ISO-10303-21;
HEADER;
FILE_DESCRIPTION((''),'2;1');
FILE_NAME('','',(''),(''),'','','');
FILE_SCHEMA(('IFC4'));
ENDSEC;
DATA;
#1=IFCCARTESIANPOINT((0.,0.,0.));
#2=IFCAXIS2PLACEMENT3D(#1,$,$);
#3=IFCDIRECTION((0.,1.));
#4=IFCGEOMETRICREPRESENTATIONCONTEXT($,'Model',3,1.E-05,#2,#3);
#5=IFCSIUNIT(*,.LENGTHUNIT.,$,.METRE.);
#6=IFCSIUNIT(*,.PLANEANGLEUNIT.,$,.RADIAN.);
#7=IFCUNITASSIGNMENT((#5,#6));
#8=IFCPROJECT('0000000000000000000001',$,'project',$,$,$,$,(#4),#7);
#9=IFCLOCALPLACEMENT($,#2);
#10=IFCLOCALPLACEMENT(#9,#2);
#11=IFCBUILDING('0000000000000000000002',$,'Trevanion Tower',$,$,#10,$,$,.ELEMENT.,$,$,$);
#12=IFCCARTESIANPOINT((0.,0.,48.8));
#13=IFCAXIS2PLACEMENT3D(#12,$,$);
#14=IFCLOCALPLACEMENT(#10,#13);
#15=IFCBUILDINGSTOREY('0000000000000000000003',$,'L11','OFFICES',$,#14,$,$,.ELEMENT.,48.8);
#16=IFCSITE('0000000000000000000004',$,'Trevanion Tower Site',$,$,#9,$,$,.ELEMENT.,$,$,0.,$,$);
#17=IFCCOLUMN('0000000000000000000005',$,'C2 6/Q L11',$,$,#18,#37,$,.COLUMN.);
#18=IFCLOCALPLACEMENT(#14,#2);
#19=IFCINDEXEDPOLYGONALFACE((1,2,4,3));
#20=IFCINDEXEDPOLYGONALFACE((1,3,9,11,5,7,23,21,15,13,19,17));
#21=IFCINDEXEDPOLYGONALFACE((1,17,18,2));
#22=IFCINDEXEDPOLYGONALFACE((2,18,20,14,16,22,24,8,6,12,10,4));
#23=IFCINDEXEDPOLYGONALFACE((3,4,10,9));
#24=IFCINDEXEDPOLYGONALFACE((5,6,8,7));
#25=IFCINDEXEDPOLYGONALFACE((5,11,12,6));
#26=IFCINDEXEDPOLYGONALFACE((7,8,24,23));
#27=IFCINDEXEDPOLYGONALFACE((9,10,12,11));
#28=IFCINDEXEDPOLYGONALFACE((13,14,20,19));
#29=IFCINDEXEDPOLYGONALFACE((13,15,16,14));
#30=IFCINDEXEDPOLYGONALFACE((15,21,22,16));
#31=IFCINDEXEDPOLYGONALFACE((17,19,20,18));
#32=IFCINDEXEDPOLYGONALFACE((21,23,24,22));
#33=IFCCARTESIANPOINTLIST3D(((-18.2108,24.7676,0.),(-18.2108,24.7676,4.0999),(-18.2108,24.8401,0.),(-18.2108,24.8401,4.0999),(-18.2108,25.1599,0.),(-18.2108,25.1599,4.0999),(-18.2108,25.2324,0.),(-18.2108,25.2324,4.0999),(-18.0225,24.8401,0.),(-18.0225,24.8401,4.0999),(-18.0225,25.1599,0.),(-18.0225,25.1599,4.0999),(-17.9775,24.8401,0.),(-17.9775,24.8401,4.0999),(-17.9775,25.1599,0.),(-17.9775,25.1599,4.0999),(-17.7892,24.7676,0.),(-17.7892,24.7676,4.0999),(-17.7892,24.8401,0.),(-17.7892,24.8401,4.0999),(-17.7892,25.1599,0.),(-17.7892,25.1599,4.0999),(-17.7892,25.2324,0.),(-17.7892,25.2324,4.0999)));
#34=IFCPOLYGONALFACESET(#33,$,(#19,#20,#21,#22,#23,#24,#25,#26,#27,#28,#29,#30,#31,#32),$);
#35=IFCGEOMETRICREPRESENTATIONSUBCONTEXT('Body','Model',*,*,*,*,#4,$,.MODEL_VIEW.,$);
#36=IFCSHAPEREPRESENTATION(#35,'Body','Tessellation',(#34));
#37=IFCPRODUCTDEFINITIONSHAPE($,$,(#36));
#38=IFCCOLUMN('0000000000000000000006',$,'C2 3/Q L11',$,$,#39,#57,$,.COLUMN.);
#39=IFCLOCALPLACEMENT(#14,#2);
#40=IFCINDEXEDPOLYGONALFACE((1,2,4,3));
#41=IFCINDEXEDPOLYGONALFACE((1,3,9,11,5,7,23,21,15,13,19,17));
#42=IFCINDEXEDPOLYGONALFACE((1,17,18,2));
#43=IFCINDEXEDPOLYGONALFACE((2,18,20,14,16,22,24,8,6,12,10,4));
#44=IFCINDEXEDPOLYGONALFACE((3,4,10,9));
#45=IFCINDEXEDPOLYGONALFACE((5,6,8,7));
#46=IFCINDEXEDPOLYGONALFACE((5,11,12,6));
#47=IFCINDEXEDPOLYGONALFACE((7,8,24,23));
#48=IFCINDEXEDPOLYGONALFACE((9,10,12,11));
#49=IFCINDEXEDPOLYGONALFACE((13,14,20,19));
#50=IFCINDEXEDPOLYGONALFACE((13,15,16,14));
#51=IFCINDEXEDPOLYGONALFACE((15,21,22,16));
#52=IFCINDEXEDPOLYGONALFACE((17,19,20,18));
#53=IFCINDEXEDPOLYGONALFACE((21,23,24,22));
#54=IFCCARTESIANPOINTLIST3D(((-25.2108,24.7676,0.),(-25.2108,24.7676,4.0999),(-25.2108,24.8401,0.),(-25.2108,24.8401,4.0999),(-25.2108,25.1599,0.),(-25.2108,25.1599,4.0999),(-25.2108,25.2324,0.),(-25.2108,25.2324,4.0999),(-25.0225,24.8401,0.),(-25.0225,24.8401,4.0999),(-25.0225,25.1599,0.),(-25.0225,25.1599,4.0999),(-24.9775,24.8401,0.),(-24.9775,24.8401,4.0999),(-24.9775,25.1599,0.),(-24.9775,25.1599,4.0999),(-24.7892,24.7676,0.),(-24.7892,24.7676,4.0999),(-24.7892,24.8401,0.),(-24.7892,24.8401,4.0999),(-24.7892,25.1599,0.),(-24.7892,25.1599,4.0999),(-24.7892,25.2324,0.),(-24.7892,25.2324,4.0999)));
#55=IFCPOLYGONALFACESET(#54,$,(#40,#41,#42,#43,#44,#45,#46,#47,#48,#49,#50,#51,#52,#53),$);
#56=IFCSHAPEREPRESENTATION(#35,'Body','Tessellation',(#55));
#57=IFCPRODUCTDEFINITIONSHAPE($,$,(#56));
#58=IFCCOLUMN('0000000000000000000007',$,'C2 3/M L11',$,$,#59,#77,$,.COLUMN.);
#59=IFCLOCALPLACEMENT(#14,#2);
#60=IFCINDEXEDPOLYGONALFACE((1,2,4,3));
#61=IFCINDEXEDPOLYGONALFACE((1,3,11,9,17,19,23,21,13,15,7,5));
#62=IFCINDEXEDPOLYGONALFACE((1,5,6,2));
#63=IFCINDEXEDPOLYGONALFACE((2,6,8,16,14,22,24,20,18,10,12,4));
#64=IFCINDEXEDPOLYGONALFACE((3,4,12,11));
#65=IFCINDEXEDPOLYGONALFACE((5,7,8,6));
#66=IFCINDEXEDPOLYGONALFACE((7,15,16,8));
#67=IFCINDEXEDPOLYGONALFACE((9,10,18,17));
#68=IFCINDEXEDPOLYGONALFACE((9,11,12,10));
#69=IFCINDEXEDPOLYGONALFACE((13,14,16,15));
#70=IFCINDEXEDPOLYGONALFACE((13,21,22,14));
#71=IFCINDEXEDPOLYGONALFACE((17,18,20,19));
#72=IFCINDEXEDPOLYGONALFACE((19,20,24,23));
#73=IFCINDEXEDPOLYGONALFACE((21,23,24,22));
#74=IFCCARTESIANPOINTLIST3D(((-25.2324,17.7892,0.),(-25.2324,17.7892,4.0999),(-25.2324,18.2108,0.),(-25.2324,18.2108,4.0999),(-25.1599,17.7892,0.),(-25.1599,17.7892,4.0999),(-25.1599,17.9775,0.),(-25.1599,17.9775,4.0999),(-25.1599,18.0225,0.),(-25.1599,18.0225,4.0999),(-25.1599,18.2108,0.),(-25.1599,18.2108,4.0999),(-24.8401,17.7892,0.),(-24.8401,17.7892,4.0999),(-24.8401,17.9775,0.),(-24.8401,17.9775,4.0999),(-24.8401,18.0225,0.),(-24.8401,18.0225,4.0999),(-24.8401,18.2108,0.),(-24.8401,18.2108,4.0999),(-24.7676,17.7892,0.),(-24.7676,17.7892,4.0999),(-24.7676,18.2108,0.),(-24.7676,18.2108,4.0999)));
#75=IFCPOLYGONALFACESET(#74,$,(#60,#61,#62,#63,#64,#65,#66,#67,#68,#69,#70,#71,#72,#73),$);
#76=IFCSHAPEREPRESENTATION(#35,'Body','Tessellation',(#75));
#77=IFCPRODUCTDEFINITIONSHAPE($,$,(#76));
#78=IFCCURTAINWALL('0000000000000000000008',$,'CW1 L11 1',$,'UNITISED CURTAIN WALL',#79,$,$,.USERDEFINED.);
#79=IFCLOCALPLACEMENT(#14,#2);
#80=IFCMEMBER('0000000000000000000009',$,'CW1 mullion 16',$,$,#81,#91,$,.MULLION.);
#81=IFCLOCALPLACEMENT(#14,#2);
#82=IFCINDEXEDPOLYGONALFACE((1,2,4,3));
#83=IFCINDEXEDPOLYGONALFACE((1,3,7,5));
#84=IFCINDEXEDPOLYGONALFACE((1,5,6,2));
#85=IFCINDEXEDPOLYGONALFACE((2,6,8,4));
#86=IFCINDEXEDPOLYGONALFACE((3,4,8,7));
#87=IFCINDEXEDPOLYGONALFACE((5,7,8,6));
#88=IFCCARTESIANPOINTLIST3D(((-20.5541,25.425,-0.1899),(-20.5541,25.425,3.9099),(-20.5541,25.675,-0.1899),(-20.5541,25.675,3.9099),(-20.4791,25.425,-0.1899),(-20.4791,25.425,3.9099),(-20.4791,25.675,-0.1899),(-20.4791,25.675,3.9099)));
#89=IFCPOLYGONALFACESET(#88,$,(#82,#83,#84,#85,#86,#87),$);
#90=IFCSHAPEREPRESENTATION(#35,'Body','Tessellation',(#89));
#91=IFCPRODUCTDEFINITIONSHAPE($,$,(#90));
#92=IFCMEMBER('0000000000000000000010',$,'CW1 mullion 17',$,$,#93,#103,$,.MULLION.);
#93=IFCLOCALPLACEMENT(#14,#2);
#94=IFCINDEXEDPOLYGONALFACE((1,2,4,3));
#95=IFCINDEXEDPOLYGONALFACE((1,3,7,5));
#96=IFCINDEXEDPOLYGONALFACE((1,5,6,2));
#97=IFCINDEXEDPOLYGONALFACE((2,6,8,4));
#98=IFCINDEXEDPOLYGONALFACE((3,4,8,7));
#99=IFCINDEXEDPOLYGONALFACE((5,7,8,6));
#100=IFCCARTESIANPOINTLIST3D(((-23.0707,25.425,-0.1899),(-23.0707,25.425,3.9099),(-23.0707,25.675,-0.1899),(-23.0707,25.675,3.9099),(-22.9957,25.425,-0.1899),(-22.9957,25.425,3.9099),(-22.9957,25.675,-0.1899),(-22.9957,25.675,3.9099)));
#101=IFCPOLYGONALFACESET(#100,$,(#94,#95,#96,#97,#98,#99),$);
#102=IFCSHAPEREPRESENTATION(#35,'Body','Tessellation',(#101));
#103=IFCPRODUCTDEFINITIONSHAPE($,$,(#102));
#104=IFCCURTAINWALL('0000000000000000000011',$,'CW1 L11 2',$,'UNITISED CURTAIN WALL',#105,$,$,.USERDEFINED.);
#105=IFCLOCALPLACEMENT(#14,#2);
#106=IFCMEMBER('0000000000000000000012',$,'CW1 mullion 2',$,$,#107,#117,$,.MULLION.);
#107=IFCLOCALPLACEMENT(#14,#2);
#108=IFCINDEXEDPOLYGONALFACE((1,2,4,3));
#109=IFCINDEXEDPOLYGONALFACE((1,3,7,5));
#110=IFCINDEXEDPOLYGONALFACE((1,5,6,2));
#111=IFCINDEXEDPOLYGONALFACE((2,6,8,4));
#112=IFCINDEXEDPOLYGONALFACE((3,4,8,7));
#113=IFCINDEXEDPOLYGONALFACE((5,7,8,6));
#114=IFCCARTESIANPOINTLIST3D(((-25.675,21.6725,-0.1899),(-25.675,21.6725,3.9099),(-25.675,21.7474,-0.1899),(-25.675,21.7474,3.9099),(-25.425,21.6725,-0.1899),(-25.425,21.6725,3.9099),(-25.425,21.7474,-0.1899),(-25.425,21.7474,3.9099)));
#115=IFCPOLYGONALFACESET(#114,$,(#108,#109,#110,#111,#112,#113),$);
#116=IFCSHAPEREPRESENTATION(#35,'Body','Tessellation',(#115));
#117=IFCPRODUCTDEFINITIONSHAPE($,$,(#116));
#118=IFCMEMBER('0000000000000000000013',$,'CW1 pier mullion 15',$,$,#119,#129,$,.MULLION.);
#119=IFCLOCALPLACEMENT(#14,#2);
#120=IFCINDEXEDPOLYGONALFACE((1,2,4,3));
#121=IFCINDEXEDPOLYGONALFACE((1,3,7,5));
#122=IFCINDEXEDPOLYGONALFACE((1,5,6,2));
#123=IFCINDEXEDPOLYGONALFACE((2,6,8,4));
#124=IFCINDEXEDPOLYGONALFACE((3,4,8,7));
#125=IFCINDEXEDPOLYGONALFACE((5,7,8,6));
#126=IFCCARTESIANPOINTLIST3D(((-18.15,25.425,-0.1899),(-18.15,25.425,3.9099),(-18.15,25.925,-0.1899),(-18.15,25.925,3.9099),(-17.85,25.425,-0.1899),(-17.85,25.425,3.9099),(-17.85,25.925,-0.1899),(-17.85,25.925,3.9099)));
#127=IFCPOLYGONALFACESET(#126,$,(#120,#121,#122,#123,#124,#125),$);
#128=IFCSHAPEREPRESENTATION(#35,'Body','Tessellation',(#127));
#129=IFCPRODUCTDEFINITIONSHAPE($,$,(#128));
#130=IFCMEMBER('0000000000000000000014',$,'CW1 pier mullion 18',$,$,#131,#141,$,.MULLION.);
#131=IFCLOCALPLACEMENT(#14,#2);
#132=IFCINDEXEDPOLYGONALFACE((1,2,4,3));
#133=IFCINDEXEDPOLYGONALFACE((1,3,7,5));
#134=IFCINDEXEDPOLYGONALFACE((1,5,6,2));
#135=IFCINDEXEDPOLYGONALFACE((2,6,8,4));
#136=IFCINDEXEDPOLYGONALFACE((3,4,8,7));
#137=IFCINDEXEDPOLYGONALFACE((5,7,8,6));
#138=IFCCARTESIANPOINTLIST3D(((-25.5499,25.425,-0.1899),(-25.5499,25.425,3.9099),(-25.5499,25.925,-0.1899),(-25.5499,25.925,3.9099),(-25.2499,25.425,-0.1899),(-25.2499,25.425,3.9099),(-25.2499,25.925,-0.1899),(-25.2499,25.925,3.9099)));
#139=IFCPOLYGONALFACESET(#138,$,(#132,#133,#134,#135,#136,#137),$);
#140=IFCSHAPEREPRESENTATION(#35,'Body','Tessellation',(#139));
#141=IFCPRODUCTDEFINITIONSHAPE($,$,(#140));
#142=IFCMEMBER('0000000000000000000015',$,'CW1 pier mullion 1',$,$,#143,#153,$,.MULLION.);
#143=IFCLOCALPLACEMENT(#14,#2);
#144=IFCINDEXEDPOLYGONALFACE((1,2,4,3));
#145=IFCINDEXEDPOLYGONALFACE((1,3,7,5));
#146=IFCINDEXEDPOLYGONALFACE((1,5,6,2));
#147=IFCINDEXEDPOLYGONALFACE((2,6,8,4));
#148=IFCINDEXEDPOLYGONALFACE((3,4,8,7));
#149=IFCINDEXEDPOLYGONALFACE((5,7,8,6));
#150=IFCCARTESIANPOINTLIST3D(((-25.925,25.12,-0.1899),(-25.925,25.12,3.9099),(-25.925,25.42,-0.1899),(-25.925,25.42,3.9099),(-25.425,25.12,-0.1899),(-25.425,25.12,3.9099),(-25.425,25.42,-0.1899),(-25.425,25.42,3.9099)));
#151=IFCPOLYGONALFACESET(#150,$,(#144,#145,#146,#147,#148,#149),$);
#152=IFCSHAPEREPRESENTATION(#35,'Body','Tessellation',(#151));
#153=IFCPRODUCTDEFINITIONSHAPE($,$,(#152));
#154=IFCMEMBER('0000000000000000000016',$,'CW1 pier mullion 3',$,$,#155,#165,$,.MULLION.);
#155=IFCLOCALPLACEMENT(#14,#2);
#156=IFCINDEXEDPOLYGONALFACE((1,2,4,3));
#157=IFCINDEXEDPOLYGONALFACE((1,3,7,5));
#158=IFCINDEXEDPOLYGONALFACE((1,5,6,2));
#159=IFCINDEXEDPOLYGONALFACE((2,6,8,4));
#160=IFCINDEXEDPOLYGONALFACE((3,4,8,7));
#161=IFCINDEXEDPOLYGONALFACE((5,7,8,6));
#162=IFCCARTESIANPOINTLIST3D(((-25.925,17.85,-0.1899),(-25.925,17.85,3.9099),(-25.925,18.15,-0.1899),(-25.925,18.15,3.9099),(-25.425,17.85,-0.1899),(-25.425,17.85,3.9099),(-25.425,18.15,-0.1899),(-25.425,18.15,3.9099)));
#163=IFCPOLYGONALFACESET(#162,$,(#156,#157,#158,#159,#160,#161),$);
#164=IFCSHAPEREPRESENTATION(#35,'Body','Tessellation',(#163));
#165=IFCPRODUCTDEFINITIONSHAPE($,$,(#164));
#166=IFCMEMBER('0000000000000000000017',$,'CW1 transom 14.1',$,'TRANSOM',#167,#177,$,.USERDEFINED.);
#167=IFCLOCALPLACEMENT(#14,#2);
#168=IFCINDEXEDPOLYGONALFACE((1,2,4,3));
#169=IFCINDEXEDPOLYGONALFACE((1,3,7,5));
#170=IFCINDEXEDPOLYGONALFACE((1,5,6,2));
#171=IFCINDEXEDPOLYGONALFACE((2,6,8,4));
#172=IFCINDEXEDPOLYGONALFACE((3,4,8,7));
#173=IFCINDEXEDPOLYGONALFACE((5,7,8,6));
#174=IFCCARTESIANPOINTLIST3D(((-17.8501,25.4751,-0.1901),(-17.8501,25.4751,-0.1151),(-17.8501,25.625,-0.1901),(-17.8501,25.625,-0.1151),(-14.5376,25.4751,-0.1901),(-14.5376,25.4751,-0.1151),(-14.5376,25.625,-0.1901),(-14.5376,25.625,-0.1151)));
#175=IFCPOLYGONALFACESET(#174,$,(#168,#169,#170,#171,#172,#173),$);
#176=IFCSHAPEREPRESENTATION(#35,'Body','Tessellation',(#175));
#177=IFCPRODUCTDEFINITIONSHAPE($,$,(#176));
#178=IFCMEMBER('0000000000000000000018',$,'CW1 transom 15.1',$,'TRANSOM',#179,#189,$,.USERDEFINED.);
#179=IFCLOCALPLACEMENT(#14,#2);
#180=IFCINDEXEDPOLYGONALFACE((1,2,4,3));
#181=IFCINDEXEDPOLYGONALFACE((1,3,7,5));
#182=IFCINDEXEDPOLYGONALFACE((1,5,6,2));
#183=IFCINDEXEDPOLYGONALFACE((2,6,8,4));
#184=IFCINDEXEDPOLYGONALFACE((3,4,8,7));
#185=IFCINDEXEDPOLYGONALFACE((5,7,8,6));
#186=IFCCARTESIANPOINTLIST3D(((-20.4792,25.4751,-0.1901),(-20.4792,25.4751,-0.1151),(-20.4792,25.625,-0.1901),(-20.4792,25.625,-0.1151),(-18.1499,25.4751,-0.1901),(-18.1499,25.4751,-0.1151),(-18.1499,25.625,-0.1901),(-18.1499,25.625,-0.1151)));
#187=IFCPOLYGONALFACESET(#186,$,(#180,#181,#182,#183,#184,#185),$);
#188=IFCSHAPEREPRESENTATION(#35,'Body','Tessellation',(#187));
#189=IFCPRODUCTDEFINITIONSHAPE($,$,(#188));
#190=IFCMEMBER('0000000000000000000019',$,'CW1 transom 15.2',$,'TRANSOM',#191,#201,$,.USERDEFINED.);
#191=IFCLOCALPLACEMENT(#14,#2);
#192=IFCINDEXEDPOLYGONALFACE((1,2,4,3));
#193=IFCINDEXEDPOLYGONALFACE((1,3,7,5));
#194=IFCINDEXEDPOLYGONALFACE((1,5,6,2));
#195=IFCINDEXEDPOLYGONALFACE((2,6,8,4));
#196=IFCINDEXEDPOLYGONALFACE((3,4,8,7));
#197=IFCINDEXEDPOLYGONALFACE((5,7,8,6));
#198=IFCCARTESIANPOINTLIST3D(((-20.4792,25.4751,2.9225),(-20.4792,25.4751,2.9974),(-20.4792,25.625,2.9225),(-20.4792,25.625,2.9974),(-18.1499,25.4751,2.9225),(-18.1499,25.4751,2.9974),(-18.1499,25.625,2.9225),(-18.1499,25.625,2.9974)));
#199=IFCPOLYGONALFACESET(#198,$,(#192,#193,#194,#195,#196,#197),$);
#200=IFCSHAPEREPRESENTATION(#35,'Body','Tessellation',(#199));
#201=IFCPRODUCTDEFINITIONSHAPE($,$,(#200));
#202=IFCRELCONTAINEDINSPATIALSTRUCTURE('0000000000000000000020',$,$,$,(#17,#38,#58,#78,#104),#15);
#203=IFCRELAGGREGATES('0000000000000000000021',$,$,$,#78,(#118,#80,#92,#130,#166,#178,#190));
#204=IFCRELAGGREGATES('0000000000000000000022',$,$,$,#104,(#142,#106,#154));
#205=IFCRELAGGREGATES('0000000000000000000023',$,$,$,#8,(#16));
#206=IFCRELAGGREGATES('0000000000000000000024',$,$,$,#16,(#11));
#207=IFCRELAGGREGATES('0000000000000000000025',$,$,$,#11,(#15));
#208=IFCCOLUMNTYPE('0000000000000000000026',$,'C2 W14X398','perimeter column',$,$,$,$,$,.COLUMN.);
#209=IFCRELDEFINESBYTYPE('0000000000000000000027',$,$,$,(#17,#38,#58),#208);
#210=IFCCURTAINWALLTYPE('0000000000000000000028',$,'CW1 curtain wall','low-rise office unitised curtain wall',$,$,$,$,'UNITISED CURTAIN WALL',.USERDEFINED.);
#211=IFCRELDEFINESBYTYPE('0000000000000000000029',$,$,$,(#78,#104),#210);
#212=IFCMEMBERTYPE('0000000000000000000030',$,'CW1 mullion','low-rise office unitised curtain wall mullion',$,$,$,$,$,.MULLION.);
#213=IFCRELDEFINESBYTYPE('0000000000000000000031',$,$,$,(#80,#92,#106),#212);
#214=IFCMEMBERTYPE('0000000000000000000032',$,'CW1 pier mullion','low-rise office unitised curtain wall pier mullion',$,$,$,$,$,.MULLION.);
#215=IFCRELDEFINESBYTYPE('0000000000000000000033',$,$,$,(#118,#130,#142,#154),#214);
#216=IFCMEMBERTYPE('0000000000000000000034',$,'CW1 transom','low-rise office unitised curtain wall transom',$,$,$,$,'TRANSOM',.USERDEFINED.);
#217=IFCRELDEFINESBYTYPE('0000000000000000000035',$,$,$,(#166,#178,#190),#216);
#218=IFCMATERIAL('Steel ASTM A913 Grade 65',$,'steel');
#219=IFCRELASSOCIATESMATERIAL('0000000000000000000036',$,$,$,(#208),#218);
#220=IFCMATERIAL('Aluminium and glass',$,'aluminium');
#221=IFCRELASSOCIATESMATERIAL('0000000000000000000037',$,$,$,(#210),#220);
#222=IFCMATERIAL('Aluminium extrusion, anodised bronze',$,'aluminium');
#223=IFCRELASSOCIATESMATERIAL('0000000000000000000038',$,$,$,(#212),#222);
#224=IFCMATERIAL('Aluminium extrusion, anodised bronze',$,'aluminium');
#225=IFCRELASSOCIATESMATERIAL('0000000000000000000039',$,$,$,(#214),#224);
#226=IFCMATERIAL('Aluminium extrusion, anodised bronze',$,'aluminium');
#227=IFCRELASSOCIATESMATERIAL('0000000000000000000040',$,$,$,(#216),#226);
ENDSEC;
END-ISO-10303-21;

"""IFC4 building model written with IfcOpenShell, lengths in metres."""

from ifc_helpers import new_model, si_unit, direction, frame, origin, origin_2d, place, context, subcontext, project, spatial, rectangle, i_section, extrude, material, material_profile, profile_set, type_object, element, aggregate, save


model = new_model("IFC4")

# Units and contexts
model_context = context("Model", 3, precision=1e-05, world=origin(), true_north=direction((0.0, 1.0)))
body_context = subcontext(model_context, "Body", "Model", "MODEL_VIEW")
ifc_project = project(units=[si_unit("LENGTHUNIT", "METRE"), si_unit("PLANEANGLEUNIT", "RADIAN")], contexts=[model_context])

# Site, building, storey
site_placement = place(None, origin())
site = spatial("IfcSite", under=ifc_project, at=site_placement, Name="Trevanion Tower Site", CompositionType="ELEMENT", RefElevation=0.0)
building_placement = place(site_placement, origin())
building = spatial("IfcBuilding", under=site, at=building_placement, Name="Trevanion Tower", CompositionType="ELEMENT")
storey_placement = place(building_placement, frame((0.0, 0.0, 48.8)))
storey = spatial("IfcBuildingStorey", under=building, at=storey_placement, Name="L11", Description="OFFICES", CompositionType="ELEMENT", Elevation=48.8)

# Columns
ifc_material_1 = material(Name="Steel ASTM A913 Grade 65", Category="steel")
ifc_material_profile_1 = material_profile(ifc_material_1, i_section(OverallWidth=0.4216, OverallDepth=0.4648, WebThickness=0.0449, FlangeThickness=0.0725, at=origin_2d()), Name="W14X398")
ifc_profile_set_1 = profile_set([ifc_material_profile_1], Name="Steel ASTM A913 Grade 65")
column_type = type_object("IfcColumnType", Name="C2 W14X398", Description="perimeter column", PredefinedType="COLUMN", material=ifc_profile_set_1)
for number, where, z_axis, x_axis, name in (
    (1, (-18.0, 25.0, 0.0), (0.0, 0.0, 1.0), (1.0, 0.0, 0.0), "C2 6/Q L11"),
    (2, (-25.0, 25.0, 0.0), (0.0, 0.0, 1.0), (1.0, 0.0, 0.0), "C2 3/Q L11"),
    (3, (-25.0, 18.0, 0.0), (0.0, 0.0, 1.0), (0.0, 1.0, 0.0), "C2 3/M L11"),
):
    element("IfcColumn", number, at=place(storey_placement, frame(where, z_axis=z_axis, x_axis=x_axis)), inside=storey, type_object=column_type, Name=name, PredefinedType="COLUMN", context=body_context, shape_type="SweptSolid", body=[
        extrude(i_section(OverallWidth=0.4216, OverallDepth=0.4648, WebThickness=0.0449, FlangeThickness=0.0725, at=origin_2d()), origin(), (0.0, 0.0, 1.0), 4.0999),
    ])

# Curtain wall, members
ifc_material_2 = material(Name="Aluminium and glass", Category="aluminium")
curtain_wall_type = type_object("IfcCurtainWallType", Name="CW1 curtain wall", Description="low-rise office unitised curtain wall", ElementType="UNITISED CURTAIN WALL", PredefinedType="USERDEFINED", material=ifc_material_2)
curtain_wall_1_placement = place(storey_placement, origin())
curtain_wall_1 = element("IfcCurtainWall", 4, at=curtain_wall_1_placement, inside=storey, type_object=curtain_wall_type, Name="CW1 L11 1", ObjectType="UNITISED CURTAIN WALL", PredefinedType="USERDEFINED")
ifc_material_3 = material(Name="Aluminium extrusion, anodised bronze", Category="aluminium")
ifc_material_profile_2 = material_profile(ifc_material_3, rectangle(XDim=0.075, YDim=0.25, at=origin_2d()), Name="CW1 mullion")
ifc_profile_set_2 = profile_set([ifc_material_profile_2], Name="Aluminium extrusion, anodised bronze")
member_type_1 = type_object("IfcMemberType", Name="CW1 mullion", Description="low-rise office unitised curtain wall mullion", PredefinedType="MULLION", material=ifc_profile_set_2)
member_1_placement = place(storey_placement, frame((-20.5166, 25.55, -0.1899), z_axis=(0.0, 0.0, 1.0), x_axis=(-1.0, 0.0, 0.0)))
member_1 = element("IfcMember", 5, at=member_1_placement, type_object=member_type_1, Name="CW1 mullion 16", PredefinedType="MULLION", context=body_context, shape_type="SweptSolid", body=[
    extrude(rectangle(XDim=0.075, YDim=0.25, at=origin_2d()), origin(), (0.0, 0.0, 1.0), 4.0999),
])
member_2_placement = place(storey_placement, frame((-23.0332, 25.55, -0.1899), z_axis=(0.0, 0.0, 1.0), x_axis=(-1.0, 0.0, 0.0)))
member_2 = element("IfcMember", 6, at=member_2_placement, type_object=member_type_1, Name="CW1 mullion 17", PredefinedType="MULLION", context=body_context, shape_type="SweptSolid", body=[
    extrude(rectangle(XDim=0.075, YDim=0.25, at=origin_2d()), origin(), (0.0, 0.0, 1.0), 4.0999),
])

# Curtain wall, member
curtain_wall_2_placement = place(storey_placement, origin())
curtain_wall_2 = element("IfcCurtainWall", 7, at=curtain_wall_2_placement, inside=storey, type_object=curtain_wall_type, Name="CW1 L11 2", ObjectType="UNITISED CURTAIN WALL", PredefinedType="USERDEFINED")
member_3_placement = place(storey_placement, frame((-25.55, 21.71, -0.1899), z_axis=(0.0, 0.0, 1.0), x_axis=(0.0, -1.0, 0.0)))
member_3 = element("IfcMember", 8, at=member_3_placement, type_object=member_type_1, Name="CW1 mullion 2", PredefinedType="MULLION", context=body_context, shape_type="SweptSolid", body=[
    extrude(rectangle(XDim=0.075, YDim=0.25, at=origin_2d()), origin(), (0.0, 0.0, 1.0), 4.0999),
])

# Members
ifc_material_4 = material(Name="Aluminium extrusion, anodised bronze", Category="aluminium")
ifc_material_profile_3 = material_profile(ifc_material_4, rectangle(XDim=0.3, YDim=0.5, at=origin_2d()), Name="CW1 pier mullion")
ifc_profile_set_3 = profile_set([ifc_material_profile_3], Name="Aluminium extrusion, anodised bronze")
member_type_2 = type_object("IfcMemberType", Name="CW1 pier mullion", Description="low-rise office unitised curtain wall pier mullion", PredefinedType="MULLION", material=ifc_profile_set_3)
member_4_placement = place(storey_placement, frame((-18.0, 25.675, -0.1899), z_axis=(0.0, 0.0, 1.0), x_axis=(-1.0, 0.0, 0.0)))
member_4 = element("IfcMember", 9, at=member_4_placement, type_object=member_type_2, Name="CW1 pier mullion 15", PredefinedType="MULLION", context=body_context, shape_type="SweptSolid", body=[
    extrude(rectangle(XDim=0.3, YDim=0.5, at=origin_2d()), origin(), (0.0, 0.0, 1.0), 4.0999),
])
member_5_placement = place(storey_placement, frame((-25.3999, 25.675, -0.1899), z_axis=(0.0, 0.0, 1.0), x_axis=(-1.0, 0.0, 0.0)))
member_5 = element("IfcMember", 10, at=member_5_placement, type_object=member_type_2, Name="CW1 pier mullion 18", PredefinedType="MULLION", context=body_context, shape_type="SweptSolid", body=[
    extrude(rectangle(XDim=0.3, YDim=0.5, at=origin_2d()), origin(), (0.0, 0.0, 1.0), 4.0999),
])
member_6_placement = place(storey_placement, frame((-25.675, 25.27, -0.1899), z_axis=(0.0, 0.0, 1.0), x_axis=(0.0, -1.0, 0.0)))
member_6 = element("IfcMember", 11, at=member_6_placement, type_object=member_type_2, Name="CW1 pier mullion 1", PredefinedType="MULLION", context=body_context, shape_type="SweptSolid", body=[
    extrude(rectangle(XDim=0.3, YDim=0.5, at=origin_2d()), origin(), (0.0, 0.0, 1.0), 4.0999),
])
member_7_placement = place(storey_placement, frame((-25.675, 18.0, -0.1899), z_axis=(0.0, 0.0, 1.0), x_axis=(0.0, -1.0, 0.0)))
member_7 = element("IfcMember", 12, at=member_7_placement, type_object=member_type_2, Name="CW1 pier mullion 3", PredefinedType="MULLION", context=body_context, shape_type="SweptSolid", body=[
    extrude(rectangle(XDim=0.3, YDim=0.5, at=origin_2d()), origin(), (0.0, 0.0, 1.0), 4.0999),
])
ifc_material_5 = material(Name="Aluminium extrusion, anodised bronze", Category="aluminium")
ifc_material_profile_4 = material_profile(ifc_material_5, rectangle(XDim=0.1499, YDim=0.075, at=origin_2d()), Name="CW1 transom")
ifc_profile_set_4 = profile_set([ifc_material_profile_4], Name="Aluminium extrusion, anodised bronze")
member_type_3 = type_object("IfcMemberType", Name="CW1 transom", Description="low-rise office unitised curtain wall transom", ElementType="TRANSOM", PredefinedType="USERDEFINED", material=ifc_profile_set_4)
member_8_placement = place(storey_placement, frame((-14.5376, 25.55, -0.1526), z_axis=(-1.0, 0.0, 0.0), x_axis=(0.0, -1.0, 0.0)))
member_8 = element("IfcMember", 13, at=member_8_placement, type_object=member_type_3, Name="CW1 transom 14.1", ObjectType="TRANSOM", PredefinedType="USERDEFINED", context=body_context, shape_type="SweptSolid", body=[
    extrude(rectangle(XDim=0.1499, YDim=0.075, at=origin_2d()), origin(), (0.0, 0.0, 1.0), 3.3125),
])
member_9_placement = place(storey_placement, frame((-18.1499, 25.55, -0.1526), z_axis=(-1.0, 0.0, 0.0), x_axis=(0.0, -1.0, 0.0)))
member_9 = element("IfcMember", 14, at=member_9_placement, type_object=member_type_3, Name="CW1 transom 15.1", ObjectType="TRANSOM", PredefinedType="USERDEFINED", context=body_context, shape_type="SweptSolid", body=[
    extrude(rectangle(XDim=0.1499, YDim=0.075, at=origin_2d()), origin(), (0.0, 0.0, 1.0), 2.3293),
])
member_10_placement = place(storey_placement, frame((-18.1499, 25.55, 2.96), z_axis=(-1.0, 0.0, 0.0), x_axis=(0.0, -1.0, 0.0)))
member_10 = element("IfcMember", 15, at=member_10_placement, type_object=member_type_3, Name="CW1 transom 15.2", ObjectType="TRANSOM", PredefinedType="USERDEFINED", context=body_context, shape_type="SweptSolid", body=[
    extrude(rectangle(XDim=0.1499, YDim=0.075, at=origin_2d()), origin(), (0.0, 0.0, 1.0), 2.3293),
])

aggregate(curtain_wall_1, [member_4, member_1, member_2, member_5, member_8, member_9, member_10])
aggregate(curtain_wall_2, [member_6, member_3, member_7])

save(model, "model.ifc")
